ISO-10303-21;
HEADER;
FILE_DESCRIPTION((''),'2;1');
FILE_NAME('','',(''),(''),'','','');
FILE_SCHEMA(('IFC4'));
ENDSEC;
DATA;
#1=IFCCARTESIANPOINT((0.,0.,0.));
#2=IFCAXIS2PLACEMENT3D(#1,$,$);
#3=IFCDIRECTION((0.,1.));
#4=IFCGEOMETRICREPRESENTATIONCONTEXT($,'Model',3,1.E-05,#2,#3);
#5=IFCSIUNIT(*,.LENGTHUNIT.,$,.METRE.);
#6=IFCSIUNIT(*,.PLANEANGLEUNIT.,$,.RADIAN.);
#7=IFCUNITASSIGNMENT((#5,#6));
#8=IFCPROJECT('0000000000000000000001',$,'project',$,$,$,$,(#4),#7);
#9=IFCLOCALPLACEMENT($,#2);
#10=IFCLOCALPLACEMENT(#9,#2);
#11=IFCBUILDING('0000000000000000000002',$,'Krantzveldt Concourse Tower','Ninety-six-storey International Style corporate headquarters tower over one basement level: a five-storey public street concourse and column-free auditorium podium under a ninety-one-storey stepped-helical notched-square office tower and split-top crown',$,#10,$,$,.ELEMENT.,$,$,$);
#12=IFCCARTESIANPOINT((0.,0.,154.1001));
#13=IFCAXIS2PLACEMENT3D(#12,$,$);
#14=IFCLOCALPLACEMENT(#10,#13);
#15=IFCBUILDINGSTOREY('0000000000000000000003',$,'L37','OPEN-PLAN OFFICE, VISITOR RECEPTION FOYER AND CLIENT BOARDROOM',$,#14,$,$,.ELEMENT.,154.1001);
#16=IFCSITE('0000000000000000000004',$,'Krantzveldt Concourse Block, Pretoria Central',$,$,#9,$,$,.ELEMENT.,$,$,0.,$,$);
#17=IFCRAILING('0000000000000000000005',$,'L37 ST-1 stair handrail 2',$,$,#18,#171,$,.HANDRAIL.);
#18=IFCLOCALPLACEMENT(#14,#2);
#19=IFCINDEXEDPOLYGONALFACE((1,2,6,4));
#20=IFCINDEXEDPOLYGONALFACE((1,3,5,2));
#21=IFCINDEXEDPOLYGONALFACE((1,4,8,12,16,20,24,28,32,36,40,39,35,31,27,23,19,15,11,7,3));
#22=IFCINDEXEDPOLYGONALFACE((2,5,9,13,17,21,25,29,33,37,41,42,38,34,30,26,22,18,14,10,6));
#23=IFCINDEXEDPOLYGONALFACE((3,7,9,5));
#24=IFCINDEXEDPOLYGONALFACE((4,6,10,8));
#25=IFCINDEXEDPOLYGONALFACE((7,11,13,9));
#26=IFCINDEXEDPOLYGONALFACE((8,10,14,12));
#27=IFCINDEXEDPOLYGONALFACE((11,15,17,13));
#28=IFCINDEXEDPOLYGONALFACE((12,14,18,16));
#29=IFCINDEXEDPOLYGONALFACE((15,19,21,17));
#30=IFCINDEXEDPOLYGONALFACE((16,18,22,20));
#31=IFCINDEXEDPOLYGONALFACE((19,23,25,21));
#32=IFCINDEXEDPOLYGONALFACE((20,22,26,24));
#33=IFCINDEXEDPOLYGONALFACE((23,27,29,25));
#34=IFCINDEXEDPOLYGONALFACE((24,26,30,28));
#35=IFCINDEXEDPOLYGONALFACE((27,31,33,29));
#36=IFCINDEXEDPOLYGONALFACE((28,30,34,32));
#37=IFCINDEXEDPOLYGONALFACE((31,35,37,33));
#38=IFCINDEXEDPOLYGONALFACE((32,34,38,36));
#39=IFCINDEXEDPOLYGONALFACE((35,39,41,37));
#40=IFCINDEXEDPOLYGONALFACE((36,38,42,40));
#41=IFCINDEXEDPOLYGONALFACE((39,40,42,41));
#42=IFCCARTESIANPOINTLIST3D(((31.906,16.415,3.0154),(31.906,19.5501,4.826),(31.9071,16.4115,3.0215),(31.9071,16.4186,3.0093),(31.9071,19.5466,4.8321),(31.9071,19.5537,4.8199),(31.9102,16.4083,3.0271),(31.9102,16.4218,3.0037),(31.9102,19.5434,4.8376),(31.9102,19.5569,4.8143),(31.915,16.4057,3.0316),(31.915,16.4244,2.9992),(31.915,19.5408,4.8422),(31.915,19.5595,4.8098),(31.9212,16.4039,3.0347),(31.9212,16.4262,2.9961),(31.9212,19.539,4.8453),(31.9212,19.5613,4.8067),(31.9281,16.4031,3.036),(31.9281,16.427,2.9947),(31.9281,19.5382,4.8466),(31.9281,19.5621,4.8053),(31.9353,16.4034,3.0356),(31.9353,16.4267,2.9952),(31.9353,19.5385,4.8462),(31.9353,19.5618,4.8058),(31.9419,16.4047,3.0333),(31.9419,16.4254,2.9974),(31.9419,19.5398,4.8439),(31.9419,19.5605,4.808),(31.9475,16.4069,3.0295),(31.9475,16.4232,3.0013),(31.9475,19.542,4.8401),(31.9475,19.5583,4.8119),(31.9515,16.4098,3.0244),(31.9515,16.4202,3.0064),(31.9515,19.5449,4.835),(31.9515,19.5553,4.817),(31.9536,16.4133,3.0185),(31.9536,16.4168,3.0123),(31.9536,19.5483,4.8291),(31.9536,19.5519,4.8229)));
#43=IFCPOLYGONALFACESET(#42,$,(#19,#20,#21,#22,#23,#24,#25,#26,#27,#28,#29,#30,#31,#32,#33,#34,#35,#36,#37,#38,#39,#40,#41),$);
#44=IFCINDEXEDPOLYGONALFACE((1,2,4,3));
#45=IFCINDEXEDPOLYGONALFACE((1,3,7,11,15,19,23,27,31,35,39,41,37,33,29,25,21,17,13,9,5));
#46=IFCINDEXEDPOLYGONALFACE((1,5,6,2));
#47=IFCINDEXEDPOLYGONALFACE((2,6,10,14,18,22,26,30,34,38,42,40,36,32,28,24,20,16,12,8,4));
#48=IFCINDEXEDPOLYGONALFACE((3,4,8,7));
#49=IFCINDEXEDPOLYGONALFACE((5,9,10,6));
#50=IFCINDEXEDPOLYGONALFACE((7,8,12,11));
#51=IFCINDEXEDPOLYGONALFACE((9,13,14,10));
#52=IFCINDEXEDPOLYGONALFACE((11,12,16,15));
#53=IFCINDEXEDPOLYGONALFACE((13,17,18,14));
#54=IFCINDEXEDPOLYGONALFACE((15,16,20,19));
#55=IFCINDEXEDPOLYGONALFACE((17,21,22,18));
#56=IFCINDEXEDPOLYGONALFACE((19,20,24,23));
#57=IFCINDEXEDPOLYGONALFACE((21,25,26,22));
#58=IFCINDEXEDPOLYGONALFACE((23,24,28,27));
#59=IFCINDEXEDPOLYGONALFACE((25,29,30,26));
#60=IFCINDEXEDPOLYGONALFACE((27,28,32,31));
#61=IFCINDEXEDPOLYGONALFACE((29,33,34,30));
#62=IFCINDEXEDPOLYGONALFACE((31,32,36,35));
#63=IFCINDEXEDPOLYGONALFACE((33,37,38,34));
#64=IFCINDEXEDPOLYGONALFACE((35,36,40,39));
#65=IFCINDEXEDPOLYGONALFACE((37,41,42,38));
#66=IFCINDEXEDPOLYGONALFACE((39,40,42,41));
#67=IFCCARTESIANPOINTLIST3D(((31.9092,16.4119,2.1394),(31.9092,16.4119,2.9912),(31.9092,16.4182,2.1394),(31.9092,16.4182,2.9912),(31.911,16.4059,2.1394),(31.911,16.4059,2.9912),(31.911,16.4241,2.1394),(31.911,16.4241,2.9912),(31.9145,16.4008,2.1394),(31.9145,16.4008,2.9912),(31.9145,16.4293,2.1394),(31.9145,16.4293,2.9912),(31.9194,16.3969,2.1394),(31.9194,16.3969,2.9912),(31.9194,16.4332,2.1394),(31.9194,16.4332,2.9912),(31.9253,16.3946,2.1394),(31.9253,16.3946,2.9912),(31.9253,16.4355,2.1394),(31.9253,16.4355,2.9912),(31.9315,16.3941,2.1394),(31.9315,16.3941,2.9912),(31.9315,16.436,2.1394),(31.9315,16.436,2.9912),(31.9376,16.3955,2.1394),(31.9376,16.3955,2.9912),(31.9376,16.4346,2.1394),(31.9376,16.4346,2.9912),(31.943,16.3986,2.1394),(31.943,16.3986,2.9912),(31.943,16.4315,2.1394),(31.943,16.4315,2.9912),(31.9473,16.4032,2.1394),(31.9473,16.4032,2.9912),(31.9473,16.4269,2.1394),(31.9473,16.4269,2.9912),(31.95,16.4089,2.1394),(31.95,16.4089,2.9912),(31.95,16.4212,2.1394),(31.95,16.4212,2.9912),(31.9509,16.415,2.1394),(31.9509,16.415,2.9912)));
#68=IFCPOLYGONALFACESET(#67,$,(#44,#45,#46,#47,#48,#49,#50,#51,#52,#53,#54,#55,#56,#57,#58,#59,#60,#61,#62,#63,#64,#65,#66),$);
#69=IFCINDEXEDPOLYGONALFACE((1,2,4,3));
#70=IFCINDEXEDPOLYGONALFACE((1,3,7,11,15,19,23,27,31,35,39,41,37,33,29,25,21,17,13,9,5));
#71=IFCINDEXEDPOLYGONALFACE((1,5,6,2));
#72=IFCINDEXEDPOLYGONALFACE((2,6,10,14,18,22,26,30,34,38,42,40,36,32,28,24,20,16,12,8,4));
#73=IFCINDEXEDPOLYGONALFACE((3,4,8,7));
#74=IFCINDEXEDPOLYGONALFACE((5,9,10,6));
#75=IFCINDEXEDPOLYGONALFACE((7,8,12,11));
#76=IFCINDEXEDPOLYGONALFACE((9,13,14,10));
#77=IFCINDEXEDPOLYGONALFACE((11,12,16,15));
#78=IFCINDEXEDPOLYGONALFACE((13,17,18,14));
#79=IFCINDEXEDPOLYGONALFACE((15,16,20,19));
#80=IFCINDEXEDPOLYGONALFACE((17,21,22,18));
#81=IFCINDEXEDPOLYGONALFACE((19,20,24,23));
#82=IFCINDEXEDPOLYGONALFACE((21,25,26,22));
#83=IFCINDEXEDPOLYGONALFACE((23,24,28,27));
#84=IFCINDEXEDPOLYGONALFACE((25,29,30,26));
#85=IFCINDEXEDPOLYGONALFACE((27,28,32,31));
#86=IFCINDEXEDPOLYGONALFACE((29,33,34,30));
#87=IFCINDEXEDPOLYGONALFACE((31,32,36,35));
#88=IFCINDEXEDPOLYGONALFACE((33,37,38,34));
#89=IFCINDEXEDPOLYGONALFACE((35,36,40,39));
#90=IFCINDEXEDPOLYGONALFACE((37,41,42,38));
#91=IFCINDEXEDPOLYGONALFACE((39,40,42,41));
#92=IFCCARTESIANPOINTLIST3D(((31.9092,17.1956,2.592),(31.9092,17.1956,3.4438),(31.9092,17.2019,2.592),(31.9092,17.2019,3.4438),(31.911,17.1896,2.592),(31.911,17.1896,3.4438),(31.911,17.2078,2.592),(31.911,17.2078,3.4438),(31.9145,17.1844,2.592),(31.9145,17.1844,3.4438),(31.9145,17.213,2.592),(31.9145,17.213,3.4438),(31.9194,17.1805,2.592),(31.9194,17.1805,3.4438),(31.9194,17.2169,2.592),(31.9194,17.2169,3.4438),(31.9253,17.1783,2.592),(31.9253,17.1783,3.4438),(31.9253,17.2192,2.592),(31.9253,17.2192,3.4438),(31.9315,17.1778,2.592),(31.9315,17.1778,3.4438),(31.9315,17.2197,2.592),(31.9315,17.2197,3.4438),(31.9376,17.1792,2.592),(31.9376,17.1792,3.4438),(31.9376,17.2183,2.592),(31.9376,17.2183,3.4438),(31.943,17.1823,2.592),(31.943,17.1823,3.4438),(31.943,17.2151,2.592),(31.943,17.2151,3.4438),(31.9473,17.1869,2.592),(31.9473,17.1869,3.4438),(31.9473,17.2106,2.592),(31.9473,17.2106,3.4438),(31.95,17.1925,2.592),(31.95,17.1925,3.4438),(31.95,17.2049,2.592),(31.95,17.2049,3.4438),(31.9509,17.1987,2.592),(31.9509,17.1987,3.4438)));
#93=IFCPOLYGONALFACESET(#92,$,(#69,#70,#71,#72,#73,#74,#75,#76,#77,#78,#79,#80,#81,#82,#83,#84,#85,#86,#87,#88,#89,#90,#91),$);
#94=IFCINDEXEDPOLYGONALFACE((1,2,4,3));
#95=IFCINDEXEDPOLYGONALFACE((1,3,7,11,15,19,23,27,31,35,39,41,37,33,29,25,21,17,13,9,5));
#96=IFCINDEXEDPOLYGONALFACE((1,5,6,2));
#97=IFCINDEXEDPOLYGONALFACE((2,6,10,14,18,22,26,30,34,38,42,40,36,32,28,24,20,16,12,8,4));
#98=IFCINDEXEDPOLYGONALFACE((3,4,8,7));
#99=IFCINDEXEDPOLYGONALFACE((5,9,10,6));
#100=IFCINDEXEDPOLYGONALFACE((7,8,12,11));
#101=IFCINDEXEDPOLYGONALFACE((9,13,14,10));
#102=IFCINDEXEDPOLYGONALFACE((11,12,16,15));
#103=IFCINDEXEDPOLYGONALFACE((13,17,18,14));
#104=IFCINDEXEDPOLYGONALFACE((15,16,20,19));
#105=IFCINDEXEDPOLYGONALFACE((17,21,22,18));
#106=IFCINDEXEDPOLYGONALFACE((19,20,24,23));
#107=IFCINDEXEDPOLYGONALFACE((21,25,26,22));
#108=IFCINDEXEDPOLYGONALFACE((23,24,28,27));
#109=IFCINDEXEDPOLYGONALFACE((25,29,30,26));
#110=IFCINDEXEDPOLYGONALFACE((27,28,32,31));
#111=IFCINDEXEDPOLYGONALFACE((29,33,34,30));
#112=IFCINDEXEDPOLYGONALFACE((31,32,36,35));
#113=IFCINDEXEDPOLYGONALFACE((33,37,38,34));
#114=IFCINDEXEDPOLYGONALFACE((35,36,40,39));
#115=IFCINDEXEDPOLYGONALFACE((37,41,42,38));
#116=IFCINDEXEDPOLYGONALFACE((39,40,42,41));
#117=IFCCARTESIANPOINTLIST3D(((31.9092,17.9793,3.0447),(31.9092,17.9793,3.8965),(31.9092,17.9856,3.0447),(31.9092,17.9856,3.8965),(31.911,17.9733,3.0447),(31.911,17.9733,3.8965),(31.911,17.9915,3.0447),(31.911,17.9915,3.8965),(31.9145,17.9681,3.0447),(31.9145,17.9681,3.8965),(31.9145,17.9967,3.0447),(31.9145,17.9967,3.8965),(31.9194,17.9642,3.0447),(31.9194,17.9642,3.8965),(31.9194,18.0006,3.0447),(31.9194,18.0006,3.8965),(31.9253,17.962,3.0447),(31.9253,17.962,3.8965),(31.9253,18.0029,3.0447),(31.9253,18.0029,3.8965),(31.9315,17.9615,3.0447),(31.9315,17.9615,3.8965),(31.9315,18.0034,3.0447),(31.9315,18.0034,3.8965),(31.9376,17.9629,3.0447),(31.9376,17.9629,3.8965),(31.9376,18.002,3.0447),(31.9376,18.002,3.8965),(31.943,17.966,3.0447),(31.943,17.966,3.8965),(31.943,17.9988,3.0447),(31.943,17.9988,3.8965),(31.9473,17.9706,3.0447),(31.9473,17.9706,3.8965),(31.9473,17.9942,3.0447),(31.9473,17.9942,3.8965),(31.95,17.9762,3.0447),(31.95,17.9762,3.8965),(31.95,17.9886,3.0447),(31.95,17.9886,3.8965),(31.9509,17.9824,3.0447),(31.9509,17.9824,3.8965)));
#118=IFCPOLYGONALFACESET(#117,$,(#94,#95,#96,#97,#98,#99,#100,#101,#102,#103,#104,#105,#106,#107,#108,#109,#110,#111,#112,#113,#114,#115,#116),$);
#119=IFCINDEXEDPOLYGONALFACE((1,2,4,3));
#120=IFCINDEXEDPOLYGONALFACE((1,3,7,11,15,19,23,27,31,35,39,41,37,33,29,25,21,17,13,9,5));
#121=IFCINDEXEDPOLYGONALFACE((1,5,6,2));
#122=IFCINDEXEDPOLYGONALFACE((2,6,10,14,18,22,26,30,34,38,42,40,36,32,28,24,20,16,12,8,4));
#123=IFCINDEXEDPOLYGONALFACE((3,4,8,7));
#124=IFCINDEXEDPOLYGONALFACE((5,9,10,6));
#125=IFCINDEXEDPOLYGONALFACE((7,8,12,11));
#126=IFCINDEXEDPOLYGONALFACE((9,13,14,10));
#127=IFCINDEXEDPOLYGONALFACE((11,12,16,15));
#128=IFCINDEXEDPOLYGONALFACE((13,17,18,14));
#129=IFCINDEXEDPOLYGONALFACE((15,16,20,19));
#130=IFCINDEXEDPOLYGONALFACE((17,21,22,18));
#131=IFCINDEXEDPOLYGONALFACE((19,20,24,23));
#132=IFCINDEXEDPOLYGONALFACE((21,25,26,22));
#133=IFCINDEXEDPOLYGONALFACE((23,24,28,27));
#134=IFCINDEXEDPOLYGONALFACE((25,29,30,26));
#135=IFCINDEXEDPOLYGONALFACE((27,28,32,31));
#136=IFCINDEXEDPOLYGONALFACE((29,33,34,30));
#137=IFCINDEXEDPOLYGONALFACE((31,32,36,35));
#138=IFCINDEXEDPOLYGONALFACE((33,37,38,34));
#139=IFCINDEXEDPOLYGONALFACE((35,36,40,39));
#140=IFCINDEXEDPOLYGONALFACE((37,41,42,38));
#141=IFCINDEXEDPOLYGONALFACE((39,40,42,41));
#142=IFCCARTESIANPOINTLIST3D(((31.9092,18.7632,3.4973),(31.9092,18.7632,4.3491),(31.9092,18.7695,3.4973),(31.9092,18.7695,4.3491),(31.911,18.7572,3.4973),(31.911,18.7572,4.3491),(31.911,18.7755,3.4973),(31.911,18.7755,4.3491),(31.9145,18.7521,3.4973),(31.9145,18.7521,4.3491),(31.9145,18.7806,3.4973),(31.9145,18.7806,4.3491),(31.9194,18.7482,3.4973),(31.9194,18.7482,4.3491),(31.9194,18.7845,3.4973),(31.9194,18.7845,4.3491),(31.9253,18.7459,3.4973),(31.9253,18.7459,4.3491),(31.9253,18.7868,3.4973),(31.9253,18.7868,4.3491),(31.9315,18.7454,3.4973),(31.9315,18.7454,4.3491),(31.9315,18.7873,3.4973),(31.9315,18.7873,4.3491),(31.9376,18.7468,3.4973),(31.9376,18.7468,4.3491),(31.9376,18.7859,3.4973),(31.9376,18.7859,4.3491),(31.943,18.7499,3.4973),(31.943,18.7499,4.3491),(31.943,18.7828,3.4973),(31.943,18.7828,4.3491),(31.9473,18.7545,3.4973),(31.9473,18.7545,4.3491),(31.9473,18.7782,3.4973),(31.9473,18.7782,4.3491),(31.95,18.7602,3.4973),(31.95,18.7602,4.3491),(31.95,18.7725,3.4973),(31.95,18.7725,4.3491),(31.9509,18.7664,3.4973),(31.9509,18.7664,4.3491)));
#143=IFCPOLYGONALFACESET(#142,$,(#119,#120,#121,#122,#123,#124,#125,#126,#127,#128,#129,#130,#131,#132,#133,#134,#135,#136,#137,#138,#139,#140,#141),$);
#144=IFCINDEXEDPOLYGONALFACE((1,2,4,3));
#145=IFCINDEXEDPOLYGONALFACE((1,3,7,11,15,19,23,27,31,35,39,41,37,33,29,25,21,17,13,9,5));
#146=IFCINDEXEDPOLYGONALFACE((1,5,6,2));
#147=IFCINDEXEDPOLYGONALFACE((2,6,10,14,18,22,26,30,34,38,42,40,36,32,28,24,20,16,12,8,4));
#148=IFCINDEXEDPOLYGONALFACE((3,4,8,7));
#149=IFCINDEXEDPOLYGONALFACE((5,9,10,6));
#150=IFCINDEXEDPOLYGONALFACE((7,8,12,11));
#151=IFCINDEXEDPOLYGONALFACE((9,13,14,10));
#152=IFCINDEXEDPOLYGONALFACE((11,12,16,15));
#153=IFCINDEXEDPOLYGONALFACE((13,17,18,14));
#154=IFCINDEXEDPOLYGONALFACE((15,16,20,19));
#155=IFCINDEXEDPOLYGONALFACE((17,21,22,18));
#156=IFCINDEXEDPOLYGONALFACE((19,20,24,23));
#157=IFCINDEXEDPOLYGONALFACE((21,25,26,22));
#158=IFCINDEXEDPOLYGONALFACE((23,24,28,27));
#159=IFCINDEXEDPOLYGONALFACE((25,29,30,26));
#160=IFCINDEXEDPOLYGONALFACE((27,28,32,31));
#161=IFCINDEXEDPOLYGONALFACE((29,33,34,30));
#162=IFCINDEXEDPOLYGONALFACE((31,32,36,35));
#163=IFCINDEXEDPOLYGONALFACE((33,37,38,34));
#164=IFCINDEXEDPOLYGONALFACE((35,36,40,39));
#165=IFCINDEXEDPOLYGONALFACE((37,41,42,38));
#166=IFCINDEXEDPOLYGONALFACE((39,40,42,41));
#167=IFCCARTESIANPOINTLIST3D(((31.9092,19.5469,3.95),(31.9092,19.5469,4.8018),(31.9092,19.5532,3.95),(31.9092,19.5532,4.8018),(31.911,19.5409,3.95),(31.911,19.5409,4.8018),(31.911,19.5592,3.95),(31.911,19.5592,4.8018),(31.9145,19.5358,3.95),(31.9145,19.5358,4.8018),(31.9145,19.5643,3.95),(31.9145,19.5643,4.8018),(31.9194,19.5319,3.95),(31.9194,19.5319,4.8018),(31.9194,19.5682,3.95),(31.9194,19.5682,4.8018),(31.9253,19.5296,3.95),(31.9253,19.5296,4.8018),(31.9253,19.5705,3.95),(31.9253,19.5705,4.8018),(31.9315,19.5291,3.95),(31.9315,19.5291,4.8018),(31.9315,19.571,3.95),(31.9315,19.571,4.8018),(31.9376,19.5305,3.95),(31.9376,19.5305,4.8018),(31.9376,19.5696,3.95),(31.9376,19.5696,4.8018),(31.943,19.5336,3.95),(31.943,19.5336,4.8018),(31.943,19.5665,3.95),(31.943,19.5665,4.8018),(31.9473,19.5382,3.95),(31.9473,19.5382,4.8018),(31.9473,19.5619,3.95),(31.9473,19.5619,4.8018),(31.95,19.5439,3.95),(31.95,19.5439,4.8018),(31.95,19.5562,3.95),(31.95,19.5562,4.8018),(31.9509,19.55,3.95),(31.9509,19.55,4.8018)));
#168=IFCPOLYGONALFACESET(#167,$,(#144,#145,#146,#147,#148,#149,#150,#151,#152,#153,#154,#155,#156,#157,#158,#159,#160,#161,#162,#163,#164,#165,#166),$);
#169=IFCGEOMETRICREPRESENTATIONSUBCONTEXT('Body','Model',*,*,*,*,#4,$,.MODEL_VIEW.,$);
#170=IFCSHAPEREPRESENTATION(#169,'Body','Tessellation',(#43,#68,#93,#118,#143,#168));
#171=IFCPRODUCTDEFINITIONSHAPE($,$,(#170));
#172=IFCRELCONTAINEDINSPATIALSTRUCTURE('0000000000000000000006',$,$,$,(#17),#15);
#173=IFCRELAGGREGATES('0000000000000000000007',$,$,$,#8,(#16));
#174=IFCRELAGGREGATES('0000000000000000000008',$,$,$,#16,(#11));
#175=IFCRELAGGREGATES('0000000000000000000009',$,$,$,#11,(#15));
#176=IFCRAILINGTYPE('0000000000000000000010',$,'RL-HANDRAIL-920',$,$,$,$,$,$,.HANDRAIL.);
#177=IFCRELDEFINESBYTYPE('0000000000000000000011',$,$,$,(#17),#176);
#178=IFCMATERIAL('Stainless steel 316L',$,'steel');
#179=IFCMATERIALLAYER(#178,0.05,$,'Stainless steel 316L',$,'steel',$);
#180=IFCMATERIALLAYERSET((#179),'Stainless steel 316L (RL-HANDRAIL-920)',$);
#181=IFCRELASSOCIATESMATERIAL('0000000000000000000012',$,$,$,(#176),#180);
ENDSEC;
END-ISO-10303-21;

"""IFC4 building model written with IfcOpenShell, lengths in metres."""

from ifc_helpers import new_model, si_unit, direction, frame, origin, origin_2d, place, context, subcontext, project, spatial, circle, extrude, material, layer, layer_set, type_object, element, save


model = new_model("IFC4")

# Units and contexts
model_context = context("Model", 3, precision=1e-05, world=origin(), true_north=direction((0.0, 1.0)))
body_context = subcontext(model_context, "Body", "Model", "MODEL_VIEW")
ifc_project = project(units=[si_unit("LENGTHUNIT", "METRE"), si_unit("PLANEANGLEUNIT", "RADIAN")], contexts=[model_context])

# Site, building, storey
site_placement = place(None, origin())
site = spatial("IfcSite", under=ifc_project, at=site_placement, Name="Krantzveldt Concourse Block, Pretoria Central", CompositionType="ELEMENT", RefElevation=0.0)
building_placement = place(site_placement, origin())
building = spatial("IfcBuilding", under=site, at=building_placement, Name="Krantzveldt Concourse Tower", Description="Ninety-six-storey International Style corporate headquarters tower over one basement level: a five-storey public street concourse and column-free auditorium podium under a ninety-one-storey stepped-helical notched-square office tower and split-top crown", CompositionType="ELEMENT")
storey_placement = place(building_placement, frame((0.0, 0.0, 154.1001)))
storey = spatial("IfcBuildingStorey", under=building, at=storey_placement, Name="L37", Description="OPEN-PLAN OFFICE, VISITOR RECEPTION FOYER AND CLIENT BOARDROOM", CompositionType="ELEMENT", Elevation=154.1001)

# Railing
ifc_material_1 = material(Name="Stainless steel 316L", Category="steel")
ifc_layer_1 = layer(ifc_material_1, 0.05, Name="Stainless steel 316L", Category="steel")
ifc_layer_set_1 = layer_set([ifc_layer_1], Name="Stainless steel 316L (RL-HANDRAIL-920)")
railing_type_1 = type_object("IfcRailingType", Name="RL-HANDRAIL-920", PredefinedType="HANDRAIL", material=ifc_layer_set_1)
railing_1_placement = place(storey_placement, frame((31.9299, 16.415, 2.1394)))
element("IfcRailing", 1, at=railing_1_placement, inside=storey, type_object=railing_type_1, Name="L37 ST-1 stair handrail 2", PredefinedType="HANDRAIL", context=body_context, shape_type="SweptSolid", body=[
    extrude(circle(Radius=0.0239, at=origin_2d()), frame((0.0, 0.0, 0.876), z_axis=(0.0, 0.86596, 0.500114), x_axis=(-1.0, 0.0, 0.0)), (0.0, 0.0, 1.0), 3.6204),
    extrude(circle(Radius=0.021, at=origin_2d()), origin(), (0.0, 0.0, 1.0), 0.8518),
    extrude(circle(Radius=0.021, at=origin_2d()), frame((0.0, 0.7837, 0.4526)), (0.0, 0.0, 1.0), 0.8518),
    extrude(circle(Radius=0.021, at=origin_2d()), frame((0.0, 1.5674, 0.9053)), (0.0, 0.0, 1.0), 0.8518),
    extrude(circle(Radius=0.021, at=origin_2d()), frame((0.0, 2.3513, 1.3579)), (0.0, 0.0, 1.0), 0.8518),
    extrude(circle(Radius=0.021, at=origin_2d()), frame((0.0, 3.135, 1.8105)), (0.0, 0.0, 1.0), 0.8518),
])

save(model, "model.ifc")
